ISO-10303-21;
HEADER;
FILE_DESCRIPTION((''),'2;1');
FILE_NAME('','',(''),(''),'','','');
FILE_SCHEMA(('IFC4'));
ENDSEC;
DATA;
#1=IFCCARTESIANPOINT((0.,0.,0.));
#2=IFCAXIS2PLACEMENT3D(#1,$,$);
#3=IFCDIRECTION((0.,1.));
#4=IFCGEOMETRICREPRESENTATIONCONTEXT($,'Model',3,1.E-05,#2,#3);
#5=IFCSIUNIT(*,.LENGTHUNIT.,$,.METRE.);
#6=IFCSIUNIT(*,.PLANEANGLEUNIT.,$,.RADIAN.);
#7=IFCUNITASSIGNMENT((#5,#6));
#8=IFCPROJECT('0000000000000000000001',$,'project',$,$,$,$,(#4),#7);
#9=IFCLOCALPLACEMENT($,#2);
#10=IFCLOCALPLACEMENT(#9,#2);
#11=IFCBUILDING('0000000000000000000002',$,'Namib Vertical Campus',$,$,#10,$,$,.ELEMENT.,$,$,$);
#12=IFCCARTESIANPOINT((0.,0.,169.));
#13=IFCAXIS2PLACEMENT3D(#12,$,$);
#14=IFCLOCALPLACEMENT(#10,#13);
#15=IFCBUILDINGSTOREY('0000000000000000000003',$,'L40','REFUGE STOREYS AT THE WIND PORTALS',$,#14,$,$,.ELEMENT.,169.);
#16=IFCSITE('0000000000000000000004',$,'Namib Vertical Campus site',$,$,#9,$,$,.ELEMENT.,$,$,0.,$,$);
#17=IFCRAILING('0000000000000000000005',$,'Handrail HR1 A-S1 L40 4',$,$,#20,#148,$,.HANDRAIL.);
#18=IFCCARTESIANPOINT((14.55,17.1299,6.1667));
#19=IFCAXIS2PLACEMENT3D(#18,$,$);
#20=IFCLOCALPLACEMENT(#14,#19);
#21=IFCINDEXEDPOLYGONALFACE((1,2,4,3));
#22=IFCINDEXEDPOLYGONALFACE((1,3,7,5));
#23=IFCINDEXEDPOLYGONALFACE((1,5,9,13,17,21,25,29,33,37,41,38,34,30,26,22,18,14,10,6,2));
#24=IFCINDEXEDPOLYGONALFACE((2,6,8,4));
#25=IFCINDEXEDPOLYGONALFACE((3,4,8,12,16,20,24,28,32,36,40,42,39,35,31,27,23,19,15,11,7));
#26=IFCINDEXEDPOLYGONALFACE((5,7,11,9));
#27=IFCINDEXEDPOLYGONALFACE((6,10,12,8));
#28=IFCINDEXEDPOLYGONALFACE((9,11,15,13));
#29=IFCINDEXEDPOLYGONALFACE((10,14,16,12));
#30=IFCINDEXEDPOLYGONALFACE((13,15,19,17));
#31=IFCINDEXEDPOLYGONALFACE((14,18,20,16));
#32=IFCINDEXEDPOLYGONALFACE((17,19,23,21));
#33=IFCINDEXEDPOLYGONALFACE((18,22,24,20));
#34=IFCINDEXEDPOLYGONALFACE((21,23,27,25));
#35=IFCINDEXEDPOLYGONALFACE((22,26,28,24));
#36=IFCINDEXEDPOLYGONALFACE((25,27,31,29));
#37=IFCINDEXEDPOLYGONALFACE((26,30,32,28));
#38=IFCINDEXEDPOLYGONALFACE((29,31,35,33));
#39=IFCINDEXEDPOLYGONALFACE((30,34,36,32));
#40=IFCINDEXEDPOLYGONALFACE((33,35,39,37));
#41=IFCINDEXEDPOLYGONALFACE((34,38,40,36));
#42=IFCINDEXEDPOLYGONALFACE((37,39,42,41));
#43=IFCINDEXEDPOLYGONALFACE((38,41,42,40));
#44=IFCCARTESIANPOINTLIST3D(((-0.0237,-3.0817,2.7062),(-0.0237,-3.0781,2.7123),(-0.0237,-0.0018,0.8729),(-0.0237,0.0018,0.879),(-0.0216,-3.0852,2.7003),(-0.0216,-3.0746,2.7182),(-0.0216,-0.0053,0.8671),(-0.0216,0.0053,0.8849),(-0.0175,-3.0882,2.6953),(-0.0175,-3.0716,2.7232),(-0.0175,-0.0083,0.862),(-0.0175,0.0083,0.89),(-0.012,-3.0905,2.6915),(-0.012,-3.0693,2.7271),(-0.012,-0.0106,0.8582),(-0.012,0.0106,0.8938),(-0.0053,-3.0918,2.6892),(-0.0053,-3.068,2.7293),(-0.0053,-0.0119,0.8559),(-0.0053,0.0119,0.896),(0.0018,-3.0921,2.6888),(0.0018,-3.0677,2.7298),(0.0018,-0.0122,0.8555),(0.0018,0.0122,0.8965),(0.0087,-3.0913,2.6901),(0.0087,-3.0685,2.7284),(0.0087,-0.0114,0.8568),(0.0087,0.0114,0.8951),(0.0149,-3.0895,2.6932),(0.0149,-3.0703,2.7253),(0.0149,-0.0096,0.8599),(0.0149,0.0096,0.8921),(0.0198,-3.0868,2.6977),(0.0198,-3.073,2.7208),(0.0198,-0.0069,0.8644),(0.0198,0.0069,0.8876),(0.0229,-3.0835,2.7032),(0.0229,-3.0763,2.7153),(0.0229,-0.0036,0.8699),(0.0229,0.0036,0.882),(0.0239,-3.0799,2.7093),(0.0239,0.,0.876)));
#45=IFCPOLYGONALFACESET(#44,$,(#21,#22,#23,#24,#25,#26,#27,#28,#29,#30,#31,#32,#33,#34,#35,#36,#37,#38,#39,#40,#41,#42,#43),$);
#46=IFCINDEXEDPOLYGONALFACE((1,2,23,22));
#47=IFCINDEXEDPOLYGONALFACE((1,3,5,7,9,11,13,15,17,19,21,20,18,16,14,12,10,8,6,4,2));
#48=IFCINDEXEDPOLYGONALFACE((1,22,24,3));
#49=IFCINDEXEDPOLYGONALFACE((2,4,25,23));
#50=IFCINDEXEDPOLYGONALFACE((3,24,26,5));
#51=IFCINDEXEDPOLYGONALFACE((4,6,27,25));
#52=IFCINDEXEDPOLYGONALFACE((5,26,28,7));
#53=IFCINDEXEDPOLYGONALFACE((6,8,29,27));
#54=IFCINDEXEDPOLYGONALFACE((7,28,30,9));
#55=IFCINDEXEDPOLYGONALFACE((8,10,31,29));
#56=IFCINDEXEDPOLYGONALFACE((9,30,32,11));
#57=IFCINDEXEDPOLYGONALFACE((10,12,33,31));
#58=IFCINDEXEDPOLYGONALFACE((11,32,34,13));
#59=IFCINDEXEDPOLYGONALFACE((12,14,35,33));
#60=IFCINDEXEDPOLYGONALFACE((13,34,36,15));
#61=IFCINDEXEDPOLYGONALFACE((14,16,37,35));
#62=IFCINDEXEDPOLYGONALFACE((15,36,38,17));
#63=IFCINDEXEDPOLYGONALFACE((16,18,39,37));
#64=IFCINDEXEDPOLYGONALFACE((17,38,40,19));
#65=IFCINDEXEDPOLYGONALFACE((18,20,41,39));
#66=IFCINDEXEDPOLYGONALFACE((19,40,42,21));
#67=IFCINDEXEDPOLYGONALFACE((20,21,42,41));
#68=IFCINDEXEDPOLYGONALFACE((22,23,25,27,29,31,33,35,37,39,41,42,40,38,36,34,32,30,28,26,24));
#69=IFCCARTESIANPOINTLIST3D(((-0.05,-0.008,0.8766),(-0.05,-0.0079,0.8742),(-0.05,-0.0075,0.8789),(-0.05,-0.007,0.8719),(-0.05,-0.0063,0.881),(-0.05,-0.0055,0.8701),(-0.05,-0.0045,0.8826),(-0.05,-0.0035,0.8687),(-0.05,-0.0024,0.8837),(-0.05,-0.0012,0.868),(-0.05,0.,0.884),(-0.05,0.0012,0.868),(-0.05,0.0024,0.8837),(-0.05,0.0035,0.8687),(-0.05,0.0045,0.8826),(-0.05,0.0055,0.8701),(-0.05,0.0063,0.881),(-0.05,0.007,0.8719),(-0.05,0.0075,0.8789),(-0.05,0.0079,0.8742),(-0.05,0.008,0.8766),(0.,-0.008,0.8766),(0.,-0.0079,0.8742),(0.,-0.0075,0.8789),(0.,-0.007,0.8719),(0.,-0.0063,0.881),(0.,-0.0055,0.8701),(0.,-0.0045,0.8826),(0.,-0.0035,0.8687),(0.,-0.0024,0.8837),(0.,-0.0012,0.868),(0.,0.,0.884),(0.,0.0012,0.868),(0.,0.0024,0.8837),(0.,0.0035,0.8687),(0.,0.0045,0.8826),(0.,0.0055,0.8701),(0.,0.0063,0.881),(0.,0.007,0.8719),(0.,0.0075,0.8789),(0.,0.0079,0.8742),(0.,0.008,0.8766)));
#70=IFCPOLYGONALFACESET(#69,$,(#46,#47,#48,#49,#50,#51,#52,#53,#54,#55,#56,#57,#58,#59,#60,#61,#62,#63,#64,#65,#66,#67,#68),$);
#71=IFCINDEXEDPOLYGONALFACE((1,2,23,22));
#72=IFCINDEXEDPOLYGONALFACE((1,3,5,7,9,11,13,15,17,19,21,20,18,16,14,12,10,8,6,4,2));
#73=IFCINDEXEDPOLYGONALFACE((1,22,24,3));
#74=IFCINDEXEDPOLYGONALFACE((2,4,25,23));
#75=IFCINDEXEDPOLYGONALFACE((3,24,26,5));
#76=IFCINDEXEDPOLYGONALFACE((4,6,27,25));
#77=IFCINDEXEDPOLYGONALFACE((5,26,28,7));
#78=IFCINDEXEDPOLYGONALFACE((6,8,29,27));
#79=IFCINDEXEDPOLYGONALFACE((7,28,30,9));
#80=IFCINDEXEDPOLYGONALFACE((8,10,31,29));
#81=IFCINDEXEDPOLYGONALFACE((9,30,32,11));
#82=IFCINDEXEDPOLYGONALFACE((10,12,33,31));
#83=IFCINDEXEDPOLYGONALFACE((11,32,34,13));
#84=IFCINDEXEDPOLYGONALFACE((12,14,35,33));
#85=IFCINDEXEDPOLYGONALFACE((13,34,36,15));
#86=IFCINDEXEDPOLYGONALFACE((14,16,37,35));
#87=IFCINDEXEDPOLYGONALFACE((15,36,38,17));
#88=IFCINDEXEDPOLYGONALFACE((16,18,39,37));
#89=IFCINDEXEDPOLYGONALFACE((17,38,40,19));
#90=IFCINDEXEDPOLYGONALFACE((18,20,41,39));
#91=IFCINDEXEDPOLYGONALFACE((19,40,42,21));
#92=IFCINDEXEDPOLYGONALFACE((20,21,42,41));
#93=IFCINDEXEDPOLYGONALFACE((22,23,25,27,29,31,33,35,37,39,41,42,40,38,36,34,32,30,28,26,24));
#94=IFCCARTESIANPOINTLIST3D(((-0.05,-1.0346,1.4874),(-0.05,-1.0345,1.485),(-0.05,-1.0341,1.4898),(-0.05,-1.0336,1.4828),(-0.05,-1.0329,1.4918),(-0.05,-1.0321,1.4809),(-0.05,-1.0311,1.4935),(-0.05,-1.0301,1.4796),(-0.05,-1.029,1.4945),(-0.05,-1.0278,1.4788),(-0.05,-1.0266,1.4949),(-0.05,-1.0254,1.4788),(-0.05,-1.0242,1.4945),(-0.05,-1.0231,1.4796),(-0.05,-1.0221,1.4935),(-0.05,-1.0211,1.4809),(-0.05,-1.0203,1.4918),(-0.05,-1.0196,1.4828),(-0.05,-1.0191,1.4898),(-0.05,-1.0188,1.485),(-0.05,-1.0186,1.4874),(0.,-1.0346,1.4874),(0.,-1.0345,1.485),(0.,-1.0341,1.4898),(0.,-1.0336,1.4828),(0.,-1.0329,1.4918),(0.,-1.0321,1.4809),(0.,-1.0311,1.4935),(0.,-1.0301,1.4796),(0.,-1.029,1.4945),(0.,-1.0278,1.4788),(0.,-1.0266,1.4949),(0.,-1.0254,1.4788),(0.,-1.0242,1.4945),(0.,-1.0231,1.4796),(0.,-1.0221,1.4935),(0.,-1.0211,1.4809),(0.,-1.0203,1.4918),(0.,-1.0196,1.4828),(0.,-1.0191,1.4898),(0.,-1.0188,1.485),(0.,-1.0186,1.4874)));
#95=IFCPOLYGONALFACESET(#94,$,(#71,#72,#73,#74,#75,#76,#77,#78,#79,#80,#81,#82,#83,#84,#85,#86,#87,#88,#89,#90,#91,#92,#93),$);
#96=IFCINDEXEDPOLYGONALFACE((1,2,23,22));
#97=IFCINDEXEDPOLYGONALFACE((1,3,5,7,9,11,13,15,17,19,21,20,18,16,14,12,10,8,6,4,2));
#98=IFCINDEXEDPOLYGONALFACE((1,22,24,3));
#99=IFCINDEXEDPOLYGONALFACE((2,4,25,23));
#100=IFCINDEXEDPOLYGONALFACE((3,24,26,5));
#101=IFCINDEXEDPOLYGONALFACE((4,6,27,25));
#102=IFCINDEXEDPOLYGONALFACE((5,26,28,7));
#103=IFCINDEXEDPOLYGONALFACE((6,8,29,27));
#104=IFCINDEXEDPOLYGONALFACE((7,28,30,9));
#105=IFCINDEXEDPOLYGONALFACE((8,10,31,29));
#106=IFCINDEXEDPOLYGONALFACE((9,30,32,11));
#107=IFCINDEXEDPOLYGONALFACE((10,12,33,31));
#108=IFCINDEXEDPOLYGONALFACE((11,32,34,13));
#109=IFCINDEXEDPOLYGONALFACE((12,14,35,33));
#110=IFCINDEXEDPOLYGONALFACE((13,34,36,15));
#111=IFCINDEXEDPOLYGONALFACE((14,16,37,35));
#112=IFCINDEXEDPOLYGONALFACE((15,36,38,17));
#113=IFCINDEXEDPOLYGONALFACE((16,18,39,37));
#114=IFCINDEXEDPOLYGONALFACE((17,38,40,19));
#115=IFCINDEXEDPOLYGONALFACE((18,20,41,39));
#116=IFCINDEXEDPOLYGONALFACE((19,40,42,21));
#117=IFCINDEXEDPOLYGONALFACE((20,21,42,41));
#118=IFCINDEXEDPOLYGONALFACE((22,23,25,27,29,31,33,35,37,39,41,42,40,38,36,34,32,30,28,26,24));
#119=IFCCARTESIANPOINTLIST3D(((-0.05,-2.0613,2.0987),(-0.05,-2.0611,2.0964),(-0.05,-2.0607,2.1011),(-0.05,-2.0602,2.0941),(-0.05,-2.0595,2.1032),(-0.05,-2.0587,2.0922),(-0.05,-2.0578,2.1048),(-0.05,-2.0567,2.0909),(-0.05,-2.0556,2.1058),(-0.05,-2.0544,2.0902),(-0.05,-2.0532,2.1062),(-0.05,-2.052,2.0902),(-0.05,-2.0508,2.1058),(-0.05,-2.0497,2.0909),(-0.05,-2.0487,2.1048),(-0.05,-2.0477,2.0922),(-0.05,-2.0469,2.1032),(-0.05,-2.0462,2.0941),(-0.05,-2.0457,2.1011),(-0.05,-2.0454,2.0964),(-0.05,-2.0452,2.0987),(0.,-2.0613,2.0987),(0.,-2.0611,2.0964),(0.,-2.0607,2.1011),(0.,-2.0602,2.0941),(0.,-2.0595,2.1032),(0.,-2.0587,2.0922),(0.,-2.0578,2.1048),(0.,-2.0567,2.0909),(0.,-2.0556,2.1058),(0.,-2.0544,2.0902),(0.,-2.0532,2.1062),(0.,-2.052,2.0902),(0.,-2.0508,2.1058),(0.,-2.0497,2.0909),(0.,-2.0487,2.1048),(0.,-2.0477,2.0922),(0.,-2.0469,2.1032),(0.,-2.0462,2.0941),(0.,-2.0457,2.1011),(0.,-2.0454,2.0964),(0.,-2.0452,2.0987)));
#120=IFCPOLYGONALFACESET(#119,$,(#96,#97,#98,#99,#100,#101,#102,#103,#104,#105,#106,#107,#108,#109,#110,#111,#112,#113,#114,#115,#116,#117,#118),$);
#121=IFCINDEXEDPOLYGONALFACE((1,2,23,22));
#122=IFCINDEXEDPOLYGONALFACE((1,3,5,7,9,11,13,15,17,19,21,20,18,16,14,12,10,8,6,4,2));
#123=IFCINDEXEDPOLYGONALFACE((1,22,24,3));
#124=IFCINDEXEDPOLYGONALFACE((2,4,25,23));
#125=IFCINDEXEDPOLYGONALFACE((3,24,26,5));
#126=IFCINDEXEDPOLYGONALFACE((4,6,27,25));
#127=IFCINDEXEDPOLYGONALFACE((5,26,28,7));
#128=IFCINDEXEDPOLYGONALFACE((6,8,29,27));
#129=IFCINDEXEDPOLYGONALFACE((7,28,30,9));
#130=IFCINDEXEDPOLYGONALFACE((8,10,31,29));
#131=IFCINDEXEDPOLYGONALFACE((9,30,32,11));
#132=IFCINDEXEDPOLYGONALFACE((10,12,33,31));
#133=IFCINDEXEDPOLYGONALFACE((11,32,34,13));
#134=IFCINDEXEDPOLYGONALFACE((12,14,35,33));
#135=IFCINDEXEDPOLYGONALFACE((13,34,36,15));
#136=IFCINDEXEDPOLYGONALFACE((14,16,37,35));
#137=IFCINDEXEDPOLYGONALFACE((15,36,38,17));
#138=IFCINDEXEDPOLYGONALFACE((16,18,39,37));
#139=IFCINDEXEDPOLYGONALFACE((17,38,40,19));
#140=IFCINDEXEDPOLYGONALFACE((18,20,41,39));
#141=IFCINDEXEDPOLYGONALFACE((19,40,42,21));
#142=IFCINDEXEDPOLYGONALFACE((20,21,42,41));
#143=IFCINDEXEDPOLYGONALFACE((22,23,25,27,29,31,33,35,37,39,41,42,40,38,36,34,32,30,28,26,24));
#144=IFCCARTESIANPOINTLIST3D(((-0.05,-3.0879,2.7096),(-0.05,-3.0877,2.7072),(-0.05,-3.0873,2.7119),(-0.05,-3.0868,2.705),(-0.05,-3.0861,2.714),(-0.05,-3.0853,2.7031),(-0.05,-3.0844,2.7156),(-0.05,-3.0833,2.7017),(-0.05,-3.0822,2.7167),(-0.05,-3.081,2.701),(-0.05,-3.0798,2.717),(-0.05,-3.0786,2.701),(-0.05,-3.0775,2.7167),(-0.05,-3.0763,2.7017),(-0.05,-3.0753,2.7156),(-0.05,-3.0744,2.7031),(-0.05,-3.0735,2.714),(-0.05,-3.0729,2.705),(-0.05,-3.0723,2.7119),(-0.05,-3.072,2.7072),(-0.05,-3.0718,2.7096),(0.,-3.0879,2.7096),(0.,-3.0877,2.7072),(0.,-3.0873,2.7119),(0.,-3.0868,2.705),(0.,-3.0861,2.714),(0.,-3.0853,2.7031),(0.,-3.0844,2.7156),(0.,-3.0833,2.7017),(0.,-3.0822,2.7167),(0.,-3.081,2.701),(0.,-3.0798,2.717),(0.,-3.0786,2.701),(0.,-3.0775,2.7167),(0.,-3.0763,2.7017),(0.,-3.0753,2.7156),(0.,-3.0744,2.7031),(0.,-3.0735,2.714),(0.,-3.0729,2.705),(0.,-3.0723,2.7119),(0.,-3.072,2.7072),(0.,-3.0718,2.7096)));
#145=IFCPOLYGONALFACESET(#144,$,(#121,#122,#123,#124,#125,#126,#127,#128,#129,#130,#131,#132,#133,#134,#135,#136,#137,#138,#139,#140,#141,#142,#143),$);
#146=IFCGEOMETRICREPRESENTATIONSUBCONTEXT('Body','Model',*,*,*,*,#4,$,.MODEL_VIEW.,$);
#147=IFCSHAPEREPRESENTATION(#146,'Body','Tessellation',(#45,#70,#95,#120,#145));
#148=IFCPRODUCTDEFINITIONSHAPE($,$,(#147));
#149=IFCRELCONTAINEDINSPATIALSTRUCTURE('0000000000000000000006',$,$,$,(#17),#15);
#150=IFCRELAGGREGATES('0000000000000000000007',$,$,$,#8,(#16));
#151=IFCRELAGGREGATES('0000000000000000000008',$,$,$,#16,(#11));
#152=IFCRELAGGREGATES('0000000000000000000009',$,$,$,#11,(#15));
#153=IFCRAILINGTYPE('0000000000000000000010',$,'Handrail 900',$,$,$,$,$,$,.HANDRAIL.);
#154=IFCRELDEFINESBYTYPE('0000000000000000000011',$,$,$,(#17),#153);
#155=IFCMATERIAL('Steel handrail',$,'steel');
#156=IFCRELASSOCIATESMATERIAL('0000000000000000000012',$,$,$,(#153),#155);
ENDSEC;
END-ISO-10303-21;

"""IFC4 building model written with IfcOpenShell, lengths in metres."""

from ifc_helpers import new_model, si_unit, direction, frame, origin, origin_2d, place, context, subcontext, project, spatial, circle, extrude, material, type_object, element, save


model = new_model("IFC4")

# Units and contexts
model_context = context("Model", 3, precision=1e-05, world=origin(), true_north=direction((0.0, 1.0)))
body_context = subcontext(model_context, "Body", "Model", "MODEL_VIEW")
ifc_project = project(units=[si_unit("LENGTHUNIT", "METRE"), si_unit("PLANEANGLEUNIT", "RADIAN")], contexts=[model_context])

# Site, building, storey
site_placement = place(None, origin())
site = spatial("IfcSite", under=ifc_project, at=site_placement, Name="Namib Vertical Campus site", CompositionType="ELEMENT", RefElevation=0.0)
building_placement = place(site_placement, origin())
building = spatial("IfcBuilding", under=site, at=building_placement, Name="Namib Vertical Campus", CompositionType="ELEMENT")
storey_placement = place(building_placement, frame((0.0, 0.0, 169.0)))
storey = spatial("IfcBuildingStorey", under=building, at=storey_placement, Name="L40", Description="REFUGE STOREYS AT THE WIND PORTALS", CompositionType="ELEMENT", Elevation=169.0)

# Railing
ifc_material_1 = material(Name="Steel handrail", Category="steel")
railing_type_1 = type_object("IfcRailingType", Name="Handrail 900", PredefinedType="HANDRAIL", material=ifc_material_1)
for number, where, name in (
    (1, (14.55, 17.1299, 6.1667), "Handrail HR1 A-S1 L40 4"),
):
    element("IfcRailing", number, at=place(storey_placement, frame(where)), inside=storey, type_object=railing_type_1, Name=name, PredefinedType="HANDRAIL", context=body_context, shape_type="SweptSolid", body=[
        extrude(circle(Radius=0.0239, at=origin_2d()), frame((0.0, 0.0, 0.876), z_axis=(0.0, -0.859291, 0.511487), x_axis=(1.0, 0.0, 0.0)), (0.0, 0.0, 1.0), 3.5842),
        extrude(circle(Radius=0.0081, at=origin_2d()), frame((0.0, 0.0, 0.876), z_axis=(-1.0, 0.0, 0.0), x_axis=(0.0, 0.0, 1.0)), (0.0, 0.0, 1.0), 0.05),
        extrude(circle(Radius=0.0081, at=origin_2d()), frame((0.0, -1.0266, 1.4868), z_axis=(-1.0, 0.0, 0.0), x_axis=(0.0, 0.0, 1.0)), (0.0, 0.0, 1.0), 0.05),
        extrude(circle(Radius=0.0081, at=origin_2d()), frame((0.0, -2.0532, 2.0981), z_axis=(-1.0, 0.0, 0.0), x_axis=(0.0, 0.0, 1.0)), (0.0, 0.0, 1.0), 0.05),
        extrude(circle(Radius=0.0081, at=origin_2d()), frame((0.0, -3.0798, 2.709), z_axis=(-1.0, 0.0, 0.0), x_axis=(0.0, 0.0, 1.0)), (0.0, 0.0, 1.0), 0.05),
    ])

save(model, "model.ifc")
